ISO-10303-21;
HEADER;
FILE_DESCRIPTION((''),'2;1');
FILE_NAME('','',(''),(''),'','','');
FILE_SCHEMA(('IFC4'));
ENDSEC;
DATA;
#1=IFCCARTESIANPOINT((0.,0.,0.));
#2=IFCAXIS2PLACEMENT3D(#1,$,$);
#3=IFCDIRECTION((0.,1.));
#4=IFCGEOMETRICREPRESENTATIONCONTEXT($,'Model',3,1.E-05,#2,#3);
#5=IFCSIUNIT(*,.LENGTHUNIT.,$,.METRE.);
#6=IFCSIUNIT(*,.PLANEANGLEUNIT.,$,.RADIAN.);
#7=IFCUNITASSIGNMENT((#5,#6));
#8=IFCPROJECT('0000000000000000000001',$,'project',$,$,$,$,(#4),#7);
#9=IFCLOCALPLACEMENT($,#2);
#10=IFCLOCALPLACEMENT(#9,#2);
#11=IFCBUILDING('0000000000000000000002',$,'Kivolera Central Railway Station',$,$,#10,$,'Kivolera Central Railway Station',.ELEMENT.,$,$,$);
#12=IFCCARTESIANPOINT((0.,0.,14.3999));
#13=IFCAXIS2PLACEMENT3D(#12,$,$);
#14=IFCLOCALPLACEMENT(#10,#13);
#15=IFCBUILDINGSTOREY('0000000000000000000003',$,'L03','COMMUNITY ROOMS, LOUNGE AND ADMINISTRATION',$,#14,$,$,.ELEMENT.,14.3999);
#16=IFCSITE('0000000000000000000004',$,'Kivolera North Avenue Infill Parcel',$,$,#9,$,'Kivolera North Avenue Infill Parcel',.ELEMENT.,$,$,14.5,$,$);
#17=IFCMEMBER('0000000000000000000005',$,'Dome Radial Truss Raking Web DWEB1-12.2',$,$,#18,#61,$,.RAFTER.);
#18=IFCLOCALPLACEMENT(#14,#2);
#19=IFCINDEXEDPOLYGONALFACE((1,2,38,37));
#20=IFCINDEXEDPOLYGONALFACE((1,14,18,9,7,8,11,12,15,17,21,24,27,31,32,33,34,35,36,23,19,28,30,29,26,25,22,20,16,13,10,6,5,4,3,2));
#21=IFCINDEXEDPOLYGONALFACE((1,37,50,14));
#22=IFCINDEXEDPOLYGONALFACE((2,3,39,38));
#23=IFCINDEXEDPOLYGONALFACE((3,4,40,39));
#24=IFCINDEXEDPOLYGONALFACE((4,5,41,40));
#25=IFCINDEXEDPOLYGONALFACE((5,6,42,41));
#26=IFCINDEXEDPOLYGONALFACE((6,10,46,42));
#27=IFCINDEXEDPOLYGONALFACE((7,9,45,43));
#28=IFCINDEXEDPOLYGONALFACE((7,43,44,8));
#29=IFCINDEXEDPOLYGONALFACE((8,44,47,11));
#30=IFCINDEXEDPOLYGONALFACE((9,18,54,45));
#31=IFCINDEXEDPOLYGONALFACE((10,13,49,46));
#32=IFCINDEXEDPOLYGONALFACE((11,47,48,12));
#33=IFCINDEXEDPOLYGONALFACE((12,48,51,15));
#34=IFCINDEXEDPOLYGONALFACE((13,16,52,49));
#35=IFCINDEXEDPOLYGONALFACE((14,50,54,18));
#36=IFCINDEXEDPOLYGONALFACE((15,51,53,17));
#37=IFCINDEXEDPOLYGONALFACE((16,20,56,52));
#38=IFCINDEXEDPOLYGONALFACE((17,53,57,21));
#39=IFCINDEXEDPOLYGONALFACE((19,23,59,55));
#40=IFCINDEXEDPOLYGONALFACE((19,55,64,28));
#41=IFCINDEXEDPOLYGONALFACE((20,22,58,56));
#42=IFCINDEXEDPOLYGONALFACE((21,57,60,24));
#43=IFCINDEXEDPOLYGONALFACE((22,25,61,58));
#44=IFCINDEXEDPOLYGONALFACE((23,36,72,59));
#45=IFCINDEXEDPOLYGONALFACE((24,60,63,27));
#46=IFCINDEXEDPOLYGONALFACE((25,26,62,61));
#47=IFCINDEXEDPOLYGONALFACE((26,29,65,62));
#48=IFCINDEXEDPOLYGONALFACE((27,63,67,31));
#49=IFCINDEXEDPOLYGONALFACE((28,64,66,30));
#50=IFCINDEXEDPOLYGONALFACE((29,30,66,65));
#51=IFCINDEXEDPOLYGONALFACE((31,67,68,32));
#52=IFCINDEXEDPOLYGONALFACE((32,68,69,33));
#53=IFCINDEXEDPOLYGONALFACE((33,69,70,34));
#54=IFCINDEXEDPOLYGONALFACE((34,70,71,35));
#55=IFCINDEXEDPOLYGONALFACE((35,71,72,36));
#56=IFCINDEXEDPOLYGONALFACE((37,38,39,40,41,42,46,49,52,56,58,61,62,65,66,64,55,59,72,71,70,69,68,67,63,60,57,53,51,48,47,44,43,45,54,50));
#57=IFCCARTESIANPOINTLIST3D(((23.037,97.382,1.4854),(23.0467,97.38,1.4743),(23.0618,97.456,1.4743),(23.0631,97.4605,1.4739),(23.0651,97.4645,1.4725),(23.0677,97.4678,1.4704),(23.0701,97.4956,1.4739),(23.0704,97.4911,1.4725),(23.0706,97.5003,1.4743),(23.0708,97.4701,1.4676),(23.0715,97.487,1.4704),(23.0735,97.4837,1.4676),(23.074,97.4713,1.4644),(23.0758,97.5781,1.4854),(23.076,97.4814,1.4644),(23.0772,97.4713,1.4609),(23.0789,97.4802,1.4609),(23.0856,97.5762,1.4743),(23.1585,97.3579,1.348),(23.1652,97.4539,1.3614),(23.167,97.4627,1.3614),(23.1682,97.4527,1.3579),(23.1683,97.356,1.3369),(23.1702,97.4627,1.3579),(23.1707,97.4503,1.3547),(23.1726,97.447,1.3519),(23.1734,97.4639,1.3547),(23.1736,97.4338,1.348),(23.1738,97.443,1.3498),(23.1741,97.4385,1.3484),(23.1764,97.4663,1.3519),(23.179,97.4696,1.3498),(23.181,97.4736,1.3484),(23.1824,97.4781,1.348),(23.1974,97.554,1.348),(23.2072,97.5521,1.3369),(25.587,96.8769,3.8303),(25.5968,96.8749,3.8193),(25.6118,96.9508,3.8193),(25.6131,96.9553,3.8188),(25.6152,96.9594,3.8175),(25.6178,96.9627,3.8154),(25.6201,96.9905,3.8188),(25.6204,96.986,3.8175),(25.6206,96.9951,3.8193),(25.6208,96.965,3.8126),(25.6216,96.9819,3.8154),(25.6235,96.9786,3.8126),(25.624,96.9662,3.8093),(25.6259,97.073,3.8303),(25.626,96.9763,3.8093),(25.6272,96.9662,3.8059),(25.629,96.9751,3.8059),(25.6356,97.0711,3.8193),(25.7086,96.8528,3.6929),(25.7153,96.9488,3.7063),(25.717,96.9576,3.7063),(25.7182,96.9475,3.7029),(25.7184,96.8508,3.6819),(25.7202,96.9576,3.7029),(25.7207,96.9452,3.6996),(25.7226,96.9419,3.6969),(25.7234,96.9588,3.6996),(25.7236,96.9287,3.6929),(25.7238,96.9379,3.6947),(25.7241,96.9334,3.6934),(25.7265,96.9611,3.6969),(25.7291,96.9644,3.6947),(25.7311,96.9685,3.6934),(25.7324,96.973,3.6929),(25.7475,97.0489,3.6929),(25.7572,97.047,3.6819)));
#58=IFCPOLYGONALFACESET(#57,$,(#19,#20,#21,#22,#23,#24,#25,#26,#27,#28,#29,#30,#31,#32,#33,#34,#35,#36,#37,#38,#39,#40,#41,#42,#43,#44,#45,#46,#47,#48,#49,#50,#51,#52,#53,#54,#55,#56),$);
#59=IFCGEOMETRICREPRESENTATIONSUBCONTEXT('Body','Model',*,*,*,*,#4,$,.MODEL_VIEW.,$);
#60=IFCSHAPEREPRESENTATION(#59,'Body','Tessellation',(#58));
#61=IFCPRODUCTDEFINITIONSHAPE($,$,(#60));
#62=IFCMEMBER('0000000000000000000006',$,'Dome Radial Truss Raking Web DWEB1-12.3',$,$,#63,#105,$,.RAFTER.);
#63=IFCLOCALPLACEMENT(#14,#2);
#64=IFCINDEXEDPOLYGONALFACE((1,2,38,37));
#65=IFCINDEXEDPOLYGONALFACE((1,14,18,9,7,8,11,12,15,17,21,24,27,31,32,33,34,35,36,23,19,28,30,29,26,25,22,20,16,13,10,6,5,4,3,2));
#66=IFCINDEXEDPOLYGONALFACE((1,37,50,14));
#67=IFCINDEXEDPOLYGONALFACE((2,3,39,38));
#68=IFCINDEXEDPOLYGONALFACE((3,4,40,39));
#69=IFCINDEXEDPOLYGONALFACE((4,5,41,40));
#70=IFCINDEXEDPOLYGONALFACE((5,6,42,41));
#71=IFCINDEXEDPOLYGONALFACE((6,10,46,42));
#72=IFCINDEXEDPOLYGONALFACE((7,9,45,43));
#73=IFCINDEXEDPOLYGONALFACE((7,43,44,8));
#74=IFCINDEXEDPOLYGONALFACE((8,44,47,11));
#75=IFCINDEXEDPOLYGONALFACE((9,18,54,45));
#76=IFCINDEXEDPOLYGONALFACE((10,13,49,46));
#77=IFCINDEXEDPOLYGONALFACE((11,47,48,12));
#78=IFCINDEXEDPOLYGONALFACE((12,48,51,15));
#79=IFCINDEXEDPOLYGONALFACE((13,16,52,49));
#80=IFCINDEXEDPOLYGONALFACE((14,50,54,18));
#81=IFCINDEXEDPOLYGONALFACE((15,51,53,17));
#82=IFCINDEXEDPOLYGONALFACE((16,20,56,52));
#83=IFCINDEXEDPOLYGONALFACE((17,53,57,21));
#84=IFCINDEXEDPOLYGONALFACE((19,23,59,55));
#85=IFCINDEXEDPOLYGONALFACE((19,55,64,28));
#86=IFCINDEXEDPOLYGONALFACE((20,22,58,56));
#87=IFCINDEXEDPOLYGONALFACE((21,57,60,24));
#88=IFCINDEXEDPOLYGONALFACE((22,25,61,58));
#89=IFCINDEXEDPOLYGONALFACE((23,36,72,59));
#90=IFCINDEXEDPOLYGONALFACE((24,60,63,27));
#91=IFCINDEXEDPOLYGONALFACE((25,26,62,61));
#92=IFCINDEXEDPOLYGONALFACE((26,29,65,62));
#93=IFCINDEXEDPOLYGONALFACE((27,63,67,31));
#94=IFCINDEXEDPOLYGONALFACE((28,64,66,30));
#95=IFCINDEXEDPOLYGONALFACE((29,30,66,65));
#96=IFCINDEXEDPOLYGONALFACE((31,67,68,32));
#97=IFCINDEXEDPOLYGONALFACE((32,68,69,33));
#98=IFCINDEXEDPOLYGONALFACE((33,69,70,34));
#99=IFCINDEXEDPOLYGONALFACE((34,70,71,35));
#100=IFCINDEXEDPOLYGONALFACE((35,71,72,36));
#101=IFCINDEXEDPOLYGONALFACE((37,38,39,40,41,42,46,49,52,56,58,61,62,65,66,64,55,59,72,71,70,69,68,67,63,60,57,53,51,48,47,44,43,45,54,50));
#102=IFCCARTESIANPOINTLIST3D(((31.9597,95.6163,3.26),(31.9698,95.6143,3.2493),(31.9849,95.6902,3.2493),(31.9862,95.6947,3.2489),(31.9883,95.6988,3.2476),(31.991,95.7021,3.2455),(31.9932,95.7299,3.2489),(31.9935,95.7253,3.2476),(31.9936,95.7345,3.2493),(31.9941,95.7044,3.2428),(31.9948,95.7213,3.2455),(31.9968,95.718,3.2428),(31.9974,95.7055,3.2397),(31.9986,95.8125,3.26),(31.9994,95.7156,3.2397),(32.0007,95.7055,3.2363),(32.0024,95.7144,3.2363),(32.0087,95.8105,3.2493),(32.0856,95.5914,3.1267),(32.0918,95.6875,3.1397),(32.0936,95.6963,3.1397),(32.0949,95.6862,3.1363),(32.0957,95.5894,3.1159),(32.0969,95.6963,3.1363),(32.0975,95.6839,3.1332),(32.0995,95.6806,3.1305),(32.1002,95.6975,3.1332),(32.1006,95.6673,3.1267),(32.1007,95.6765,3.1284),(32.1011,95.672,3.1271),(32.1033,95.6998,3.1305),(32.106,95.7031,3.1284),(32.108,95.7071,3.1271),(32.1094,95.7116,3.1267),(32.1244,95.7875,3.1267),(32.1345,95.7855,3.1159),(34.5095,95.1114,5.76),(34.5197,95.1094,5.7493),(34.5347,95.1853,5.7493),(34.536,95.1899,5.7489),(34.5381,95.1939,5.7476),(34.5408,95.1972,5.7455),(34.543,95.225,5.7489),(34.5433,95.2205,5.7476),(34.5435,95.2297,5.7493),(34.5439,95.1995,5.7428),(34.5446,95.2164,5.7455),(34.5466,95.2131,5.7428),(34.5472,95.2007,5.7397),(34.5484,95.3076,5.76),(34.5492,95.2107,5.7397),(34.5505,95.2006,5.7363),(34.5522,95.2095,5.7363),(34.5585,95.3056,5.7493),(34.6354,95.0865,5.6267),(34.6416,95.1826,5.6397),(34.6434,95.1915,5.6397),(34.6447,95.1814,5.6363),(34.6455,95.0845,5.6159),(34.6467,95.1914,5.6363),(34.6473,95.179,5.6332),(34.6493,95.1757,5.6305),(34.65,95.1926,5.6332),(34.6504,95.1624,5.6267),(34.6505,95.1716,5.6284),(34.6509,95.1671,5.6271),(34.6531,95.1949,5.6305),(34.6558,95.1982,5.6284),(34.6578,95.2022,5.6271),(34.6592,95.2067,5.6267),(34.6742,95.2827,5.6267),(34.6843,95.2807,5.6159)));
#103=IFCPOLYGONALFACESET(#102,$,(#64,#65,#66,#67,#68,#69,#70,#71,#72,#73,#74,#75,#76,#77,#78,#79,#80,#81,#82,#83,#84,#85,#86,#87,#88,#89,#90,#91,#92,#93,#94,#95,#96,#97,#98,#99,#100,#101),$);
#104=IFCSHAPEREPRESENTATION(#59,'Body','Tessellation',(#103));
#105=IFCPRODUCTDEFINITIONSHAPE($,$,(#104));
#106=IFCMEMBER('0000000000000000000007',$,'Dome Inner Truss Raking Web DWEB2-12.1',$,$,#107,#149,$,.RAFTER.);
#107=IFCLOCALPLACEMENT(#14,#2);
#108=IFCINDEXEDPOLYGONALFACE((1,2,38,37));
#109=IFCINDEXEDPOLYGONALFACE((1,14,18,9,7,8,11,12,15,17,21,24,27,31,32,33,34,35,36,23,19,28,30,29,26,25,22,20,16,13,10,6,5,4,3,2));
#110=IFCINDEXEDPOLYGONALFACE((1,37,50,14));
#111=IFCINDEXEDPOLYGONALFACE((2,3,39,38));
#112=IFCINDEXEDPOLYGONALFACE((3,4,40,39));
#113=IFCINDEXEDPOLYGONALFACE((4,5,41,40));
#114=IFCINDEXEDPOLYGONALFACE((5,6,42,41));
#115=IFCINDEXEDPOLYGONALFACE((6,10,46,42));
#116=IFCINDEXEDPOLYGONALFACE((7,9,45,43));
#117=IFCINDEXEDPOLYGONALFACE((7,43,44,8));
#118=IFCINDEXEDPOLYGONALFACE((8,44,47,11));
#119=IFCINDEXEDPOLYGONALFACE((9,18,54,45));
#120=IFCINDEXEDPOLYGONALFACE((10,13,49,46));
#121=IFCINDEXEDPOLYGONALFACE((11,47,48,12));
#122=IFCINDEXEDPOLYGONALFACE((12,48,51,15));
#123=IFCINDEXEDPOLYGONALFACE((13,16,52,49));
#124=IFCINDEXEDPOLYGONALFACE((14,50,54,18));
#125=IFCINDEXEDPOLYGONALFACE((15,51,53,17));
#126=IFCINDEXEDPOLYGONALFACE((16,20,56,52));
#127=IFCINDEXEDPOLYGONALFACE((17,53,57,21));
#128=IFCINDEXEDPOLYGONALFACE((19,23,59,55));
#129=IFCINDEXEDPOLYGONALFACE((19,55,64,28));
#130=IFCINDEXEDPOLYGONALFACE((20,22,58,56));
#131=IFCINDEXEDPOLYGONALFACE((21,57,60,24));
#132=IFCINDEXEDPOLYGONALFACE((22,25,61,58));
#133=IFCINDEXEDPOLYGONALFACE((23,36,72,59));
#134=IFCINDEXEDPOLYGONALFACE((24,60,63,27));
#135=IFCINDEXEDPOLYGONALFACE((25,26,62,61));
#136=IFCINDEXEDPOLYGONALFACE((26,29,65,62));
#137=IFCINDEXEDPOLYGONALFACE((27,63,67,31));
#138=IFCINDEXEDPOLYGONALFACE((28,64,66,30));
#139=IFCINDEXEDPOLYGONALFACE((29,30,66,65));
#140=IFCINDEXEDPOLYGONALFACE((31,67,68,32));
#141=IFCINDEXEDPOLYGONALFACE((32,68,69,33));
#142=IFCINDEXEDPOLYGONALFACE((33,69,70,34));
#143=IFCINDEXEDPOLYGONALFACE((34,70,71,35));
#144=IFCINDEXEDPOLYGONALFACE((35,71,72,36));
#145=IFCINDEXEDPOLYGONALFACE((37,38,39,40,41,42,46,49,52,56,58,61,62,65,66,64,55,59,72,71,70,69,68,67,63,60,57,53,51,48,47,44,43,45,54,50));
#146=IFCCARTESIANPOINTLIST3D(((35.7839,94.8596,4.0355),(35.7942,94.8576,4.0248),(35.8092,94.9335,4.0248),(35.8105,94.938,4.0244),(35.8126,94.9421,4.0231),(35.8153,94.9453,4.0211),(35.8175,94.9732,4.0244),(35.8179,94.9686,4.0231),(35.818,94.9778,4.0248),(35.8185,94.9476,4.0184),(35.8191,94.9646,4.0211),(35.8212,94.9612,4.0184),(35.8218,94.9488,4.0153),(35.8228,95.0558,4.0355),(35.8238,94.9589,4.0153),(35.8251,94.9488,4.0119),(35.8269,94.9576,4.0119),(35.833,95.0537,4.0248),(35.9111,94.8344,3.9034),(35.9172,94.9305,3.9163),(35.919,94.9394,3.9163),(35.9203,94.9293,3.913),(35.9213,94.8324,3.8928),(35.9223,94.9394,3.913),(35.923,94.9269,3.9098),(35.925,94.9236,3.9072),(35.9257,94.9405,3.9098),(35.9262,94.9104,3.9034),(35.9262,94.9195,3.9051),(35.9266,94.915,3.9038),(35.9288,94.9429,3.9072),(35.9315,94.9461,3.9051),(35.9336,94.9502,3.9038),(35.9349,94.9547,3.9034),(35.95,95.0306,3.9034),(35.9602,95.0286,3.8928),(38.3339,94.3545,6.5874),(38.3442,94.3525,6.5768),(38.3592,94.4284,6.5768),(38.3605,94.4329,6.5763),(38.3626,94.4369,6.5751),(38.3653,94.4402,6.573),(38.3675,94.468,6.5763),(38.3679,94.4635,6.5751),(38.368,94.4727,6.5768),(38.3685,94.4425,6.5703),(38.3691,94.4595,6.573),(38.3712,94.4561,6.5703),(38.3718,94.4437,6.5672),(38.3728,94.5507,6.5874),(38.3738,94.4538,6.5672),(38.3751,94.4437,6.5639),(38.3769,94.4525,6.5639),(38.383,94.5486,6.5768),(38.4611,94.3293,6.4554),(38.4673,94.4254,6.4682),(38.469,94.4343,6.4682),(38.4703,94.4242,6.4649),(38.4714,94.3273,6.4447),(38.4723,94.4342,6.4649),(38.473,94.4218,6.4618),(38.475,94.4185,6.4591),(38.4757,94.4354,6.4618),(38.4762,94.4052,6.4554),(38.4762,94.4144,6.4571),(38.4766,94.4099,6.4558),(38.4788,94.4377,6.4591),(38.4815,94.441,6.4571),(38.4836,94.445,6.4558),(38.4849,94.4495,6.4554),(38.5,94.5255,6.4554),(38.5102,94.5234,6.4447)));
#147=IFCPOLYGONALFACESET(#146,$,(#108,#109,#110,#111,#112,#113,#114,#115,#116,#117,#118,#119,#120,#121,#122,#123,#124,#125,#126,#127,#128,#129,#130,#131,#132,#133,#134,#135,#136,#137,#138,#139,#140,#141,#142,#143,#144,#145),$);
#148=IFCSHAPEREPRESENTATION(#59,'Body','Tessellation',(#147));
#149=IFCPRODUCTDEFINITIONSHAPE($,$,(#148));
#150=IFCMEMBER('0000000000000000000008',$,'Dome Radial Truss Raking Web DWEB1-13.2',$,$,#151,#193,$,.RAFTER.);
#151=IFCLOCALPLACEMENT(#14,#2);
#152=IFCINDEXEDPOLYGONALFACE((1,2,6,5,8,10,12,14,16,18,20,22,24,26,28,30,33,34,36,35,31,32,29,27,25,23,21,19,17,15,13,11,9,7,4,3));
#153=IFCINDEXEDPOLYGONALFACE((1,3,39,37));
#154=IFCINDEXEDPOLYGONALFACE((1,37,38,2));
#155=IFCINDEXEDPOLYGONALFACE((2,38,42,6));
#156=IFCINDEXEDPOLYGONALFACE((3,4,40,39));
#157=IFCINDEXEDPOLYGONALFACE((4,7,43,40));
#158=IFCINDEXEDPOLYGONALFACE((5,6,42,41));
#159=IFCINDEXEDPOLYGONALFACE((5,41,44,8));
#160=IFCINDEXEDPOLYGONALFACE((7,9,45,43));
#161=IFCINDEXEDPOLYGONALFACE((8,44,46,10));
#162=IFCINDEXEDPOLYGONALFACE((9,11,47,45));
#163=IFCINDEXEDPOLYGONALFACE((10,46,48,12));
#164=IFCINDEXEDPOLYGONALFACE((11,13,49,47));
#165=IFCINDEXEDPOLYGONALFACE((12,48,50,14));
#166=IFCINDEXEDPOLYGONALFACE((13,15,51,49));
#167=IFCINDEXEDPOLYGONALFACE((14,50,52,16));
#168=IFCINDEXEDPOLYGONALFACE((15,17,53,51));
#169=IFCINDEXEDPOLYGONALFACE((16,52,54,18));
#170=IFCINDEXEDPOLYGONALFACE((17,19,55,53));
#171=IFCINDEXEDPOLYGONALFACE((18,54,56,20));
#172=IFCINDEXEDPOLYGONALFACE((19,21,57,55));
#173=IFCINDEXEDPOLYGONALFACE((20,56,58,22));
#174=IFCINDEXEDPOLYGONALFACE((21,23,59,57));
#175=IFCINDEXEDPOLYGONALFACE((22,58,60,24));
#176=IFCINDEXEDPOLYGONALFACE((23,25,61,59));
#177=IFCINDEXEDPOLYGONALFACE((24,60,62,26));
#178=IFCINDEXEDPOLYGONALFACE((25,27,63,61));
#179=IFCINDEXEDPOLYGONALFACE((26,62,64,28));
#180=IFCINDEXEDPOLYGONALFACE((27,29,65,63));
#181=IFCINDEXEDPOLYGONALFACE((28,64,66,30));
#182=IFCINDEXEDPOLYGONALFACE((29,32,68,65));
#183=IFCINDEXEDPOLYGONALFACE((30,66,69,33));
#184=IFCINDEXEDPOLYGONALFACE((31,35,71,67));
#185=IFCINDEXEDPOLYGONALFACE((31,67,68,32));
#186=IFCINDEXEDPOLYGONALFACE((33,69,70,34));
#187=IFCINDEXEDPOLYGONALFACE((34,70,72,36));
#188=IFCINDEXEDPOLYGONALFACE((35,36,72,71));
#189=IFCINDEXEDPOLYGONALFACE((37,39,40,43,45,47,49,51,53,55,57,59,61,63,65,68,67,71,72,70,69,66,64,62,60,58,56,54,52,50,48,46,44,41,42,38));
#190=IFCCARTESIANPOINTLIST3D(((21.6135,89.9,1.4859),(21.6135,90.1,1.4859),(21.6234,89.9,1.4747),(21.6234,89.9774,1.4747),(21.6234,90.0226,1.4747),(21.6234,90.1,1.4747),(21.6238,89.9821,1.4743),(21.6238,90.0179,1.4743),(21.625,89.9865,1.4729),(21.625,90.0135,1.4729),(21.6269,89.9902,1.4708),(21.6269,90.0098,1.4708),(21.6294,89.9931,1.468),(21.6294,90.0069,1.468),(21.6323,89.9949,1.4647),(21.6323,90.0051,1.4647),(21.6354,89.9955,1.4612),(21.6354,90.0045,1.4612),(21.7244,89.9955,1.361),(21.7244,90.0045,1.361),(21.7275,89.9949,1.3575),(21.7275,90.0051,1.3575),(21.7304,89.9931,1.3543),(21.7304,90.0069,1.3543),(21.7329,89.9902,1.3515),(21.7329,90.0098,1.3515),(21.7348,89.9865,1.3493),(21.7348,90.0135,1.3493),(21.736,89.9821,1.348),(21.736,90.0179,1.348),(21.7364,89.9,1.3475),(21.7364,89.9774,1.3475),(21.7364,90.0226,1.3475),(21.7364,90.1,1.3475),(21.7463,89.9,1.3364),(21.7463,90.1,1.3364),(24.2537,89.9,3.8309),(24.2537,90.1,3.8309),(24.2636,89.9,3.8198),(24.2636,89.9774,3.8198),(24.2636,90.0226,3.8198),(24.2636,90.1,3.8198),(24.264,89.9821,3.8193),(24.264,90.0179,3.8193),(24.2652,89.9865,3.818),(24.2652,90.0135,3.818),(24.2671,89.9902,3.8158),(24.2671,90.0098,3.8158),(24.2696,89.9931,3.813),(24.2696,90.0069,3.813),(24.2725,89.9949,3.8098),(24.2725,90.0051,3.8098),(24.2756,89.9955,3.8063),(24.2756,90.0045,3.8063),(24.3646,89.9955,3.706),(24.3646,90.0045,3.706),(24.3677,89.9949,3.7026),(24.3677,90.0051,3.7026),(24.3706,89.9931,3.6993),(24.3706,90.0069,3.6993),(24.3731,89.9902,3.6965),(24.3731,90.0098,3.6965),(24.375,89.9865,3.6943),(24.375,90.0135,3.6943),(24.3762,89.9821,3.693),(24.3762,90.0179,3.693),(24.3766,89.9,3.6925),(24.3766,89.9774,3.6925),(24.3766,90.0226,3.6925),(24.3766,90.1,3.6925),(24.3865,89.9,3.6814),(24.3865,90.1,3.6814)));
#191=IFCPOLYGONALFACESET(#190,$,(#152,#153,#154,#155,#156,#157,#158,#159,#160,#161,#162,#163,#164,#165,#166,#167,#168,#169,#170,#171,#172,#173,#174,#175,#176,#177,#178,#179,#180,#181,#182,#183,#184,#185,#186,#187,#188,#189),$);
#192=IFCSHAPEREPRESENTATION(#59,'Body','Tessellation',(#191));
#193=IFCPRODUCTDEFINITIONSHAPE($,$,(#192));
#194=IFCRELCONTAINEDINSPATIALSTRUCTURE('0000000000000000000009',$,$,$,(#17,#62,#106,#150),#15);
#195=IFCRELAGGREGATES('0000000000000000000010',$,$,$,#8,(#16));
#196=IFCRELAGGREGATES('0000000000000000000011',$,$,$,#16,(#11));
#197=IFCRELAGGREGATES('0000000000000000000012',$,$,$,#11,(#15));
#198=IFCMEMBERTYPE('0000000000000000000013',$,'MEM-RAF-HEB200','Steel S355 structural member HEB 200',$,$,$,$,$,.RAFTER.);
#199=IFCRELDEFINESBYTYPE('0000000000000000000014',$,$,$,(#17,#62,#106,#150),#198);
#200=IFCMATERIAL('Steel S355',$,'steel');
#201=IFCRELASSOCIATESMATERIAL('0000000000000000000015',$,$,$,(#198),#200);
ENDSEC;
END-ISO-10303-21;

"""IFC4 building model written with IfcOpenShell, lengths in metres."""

from ifc_helpers import new_model, si_unit, direction, frame, origin, origin_2d, place, context, subcontext, project, spatial, i_section, extrude, material, material_profile, profile_set, type_object, element, save


model = new_model("IFC4")

# Units and contexts
model_context = context("Model", 3, precision=1e-05, world=origin(), true_north=direction((0.0, 1.0)))
body_context = subcontext(model_context, "Body", "Model", "MODEL_VIEW")
ifc_project = project(units=[si_unit("LENGTHUNIT", "METRE"), si_unit("PLANEANGLEUNIT", "RADIAN")], contexts=[model_context])

# Site, building, storey
site_placement = place(None, origin())
site = spatial("IfcSite", under=ifc_project, at=site_placement, Name="Kivolera North Avenue Infill Parcel", LongName="Kivolera North Avenue Infill Parcel", CompositionType="ELEMENT", RefElevation=14.5)
building_placement = place(site_placement, origin())
building = spatial("IfcBuilding", under=site, at=building_placement, Name="Kivolera Central Railway Station", LongName="Kivolera Central Railway Station", CompositionType="ELEMENT")
storey_placement = place(building_placement, frame((0.0, 0.0, 14.3999)))
storey = spatial("IfcBuildingStorey", under=building, at=storey_placement, Name="L03", Description="COMMUNITY ROOMS, LOUNGE AND ADMINISTRATION", CompositionType="ELEMENT", Elevation=14.3999)

# Shared definitions
ifc_material_1 = material(Name="Steel S355", Category="steel")

# Members
ifc_material_profile_1 = material_profile(ifc_material_1, i_section(OverallWidth=0.2, OverallDepth=0.2, WebThickness=0.009, FlangeThickness=0.0149, FilletRadius=0.0181, at=origin_2d()), Name="HEB 200")
ifc_profile_set_1 = profile_set([ifc_material_profile_1], Name="Steel S355")
member_type_1 = type_object("IfcMemberType", Name="MEM-RAF-HEB200", Description="Steel S355 structural member HEB 200", PredefinedType="RAFTER", material=ifc_profile_set_1)
member_1_placement = place(storey_placement, frame((23.1221, 97.467, 1.4111), z_axis=(0.728384, -0.144282, 0.669806), x_axis=(0.19431, 0.98094, 0.0)))
element("IfcMember", 1, at=member_1_placement, inside=storey, type_object=member_type_1, Name="Dome Radial Truss Raking Web DWEB1-12.2", PredefinedType="RAFTER", context=body_context, shape_type="SweptSolid", body=[
    extrude(i_section(OverallWidth=0.2, OverallDepth=0.2, WebThickness=0.009, FlangeThickness=0.0149, FilletRadius=0.0181, at=origin_2d()), origin(), (0.0, 0.0, 1.0), 3.501),
])
member_2_placement = place(storey_placement, frame((32.0471, 95.7009, 3.188), z_axis=(0.707014, -0.139995, 0.693204), x_axis=(0.194237, 0.980955, 0.0)))
element("IfcMember", 2, at=member_2_placement, inside=storey, type_object=member_type_1, Name="Dome Radial Truss Raking Web DWEB1-12.3", PredefinedType="RAFTER", context=body_context, shape_type="SweptSolid", body=[
    extrude(i_section(OverallWidth=0.2, OverallDepth=0.2, WebThickness=0.009, FlangeThickness=0.0149, FilletRadius=0.0181, at=origin_2d()), origin(), (0.0, 0.0, 1.0), 3.6064),
])
member_3_placement = place(storey_placement, frame((35.8721, 94.9441, 3.9641), z_axis=(0.700008, -0.138661, 0.700544), x_axis=(0.19431, 0.98094, 0.0)))
element("IfcMember", 3, at=member_3_placement, inside=storey, type_object=member_type_1, Name="Dome Inner Truss Raking Web DWEB2-12.1", PredefinedType="RAFTER", context=body_context, shape_type="SweptSolid", body=[
    extrude(i_section(OverallWidth=0.2, OverallDepth=0.2, WebThickness=0.009, FlangeThickness=0.0149, FilletRadius=0.0181, at=origin_2d()), origin(), (0.0, 0.0, 1.0), 3.6428),
])
member_4_placement = place(storey_placement, frame((21.6799, 90.0, 1.4111), z_axis=(0.747665, 0.0, 0.664076), x_axis=(0.0, 1.0, 0.0)))
element("IfcMember", 4, at=member_4_placement, inside=storey, type_object=member_type_1, Name="Dome Radial Truss Raking Web DWEB1-13.2", PredefinedType="RAFTER", context=body_context, shape_type="SweptSolid", body=[
    extrude(i_section(OverallWidth=0.2, OverallDepth=0.2, WebThickness=0.009, FlangeThickness=0.0149, FilletRadius=0.0181, at=origin_2d()), origin(), (0.0, 0.0, 1.0), 3.5312),
])

save(model, "model.ifc")
